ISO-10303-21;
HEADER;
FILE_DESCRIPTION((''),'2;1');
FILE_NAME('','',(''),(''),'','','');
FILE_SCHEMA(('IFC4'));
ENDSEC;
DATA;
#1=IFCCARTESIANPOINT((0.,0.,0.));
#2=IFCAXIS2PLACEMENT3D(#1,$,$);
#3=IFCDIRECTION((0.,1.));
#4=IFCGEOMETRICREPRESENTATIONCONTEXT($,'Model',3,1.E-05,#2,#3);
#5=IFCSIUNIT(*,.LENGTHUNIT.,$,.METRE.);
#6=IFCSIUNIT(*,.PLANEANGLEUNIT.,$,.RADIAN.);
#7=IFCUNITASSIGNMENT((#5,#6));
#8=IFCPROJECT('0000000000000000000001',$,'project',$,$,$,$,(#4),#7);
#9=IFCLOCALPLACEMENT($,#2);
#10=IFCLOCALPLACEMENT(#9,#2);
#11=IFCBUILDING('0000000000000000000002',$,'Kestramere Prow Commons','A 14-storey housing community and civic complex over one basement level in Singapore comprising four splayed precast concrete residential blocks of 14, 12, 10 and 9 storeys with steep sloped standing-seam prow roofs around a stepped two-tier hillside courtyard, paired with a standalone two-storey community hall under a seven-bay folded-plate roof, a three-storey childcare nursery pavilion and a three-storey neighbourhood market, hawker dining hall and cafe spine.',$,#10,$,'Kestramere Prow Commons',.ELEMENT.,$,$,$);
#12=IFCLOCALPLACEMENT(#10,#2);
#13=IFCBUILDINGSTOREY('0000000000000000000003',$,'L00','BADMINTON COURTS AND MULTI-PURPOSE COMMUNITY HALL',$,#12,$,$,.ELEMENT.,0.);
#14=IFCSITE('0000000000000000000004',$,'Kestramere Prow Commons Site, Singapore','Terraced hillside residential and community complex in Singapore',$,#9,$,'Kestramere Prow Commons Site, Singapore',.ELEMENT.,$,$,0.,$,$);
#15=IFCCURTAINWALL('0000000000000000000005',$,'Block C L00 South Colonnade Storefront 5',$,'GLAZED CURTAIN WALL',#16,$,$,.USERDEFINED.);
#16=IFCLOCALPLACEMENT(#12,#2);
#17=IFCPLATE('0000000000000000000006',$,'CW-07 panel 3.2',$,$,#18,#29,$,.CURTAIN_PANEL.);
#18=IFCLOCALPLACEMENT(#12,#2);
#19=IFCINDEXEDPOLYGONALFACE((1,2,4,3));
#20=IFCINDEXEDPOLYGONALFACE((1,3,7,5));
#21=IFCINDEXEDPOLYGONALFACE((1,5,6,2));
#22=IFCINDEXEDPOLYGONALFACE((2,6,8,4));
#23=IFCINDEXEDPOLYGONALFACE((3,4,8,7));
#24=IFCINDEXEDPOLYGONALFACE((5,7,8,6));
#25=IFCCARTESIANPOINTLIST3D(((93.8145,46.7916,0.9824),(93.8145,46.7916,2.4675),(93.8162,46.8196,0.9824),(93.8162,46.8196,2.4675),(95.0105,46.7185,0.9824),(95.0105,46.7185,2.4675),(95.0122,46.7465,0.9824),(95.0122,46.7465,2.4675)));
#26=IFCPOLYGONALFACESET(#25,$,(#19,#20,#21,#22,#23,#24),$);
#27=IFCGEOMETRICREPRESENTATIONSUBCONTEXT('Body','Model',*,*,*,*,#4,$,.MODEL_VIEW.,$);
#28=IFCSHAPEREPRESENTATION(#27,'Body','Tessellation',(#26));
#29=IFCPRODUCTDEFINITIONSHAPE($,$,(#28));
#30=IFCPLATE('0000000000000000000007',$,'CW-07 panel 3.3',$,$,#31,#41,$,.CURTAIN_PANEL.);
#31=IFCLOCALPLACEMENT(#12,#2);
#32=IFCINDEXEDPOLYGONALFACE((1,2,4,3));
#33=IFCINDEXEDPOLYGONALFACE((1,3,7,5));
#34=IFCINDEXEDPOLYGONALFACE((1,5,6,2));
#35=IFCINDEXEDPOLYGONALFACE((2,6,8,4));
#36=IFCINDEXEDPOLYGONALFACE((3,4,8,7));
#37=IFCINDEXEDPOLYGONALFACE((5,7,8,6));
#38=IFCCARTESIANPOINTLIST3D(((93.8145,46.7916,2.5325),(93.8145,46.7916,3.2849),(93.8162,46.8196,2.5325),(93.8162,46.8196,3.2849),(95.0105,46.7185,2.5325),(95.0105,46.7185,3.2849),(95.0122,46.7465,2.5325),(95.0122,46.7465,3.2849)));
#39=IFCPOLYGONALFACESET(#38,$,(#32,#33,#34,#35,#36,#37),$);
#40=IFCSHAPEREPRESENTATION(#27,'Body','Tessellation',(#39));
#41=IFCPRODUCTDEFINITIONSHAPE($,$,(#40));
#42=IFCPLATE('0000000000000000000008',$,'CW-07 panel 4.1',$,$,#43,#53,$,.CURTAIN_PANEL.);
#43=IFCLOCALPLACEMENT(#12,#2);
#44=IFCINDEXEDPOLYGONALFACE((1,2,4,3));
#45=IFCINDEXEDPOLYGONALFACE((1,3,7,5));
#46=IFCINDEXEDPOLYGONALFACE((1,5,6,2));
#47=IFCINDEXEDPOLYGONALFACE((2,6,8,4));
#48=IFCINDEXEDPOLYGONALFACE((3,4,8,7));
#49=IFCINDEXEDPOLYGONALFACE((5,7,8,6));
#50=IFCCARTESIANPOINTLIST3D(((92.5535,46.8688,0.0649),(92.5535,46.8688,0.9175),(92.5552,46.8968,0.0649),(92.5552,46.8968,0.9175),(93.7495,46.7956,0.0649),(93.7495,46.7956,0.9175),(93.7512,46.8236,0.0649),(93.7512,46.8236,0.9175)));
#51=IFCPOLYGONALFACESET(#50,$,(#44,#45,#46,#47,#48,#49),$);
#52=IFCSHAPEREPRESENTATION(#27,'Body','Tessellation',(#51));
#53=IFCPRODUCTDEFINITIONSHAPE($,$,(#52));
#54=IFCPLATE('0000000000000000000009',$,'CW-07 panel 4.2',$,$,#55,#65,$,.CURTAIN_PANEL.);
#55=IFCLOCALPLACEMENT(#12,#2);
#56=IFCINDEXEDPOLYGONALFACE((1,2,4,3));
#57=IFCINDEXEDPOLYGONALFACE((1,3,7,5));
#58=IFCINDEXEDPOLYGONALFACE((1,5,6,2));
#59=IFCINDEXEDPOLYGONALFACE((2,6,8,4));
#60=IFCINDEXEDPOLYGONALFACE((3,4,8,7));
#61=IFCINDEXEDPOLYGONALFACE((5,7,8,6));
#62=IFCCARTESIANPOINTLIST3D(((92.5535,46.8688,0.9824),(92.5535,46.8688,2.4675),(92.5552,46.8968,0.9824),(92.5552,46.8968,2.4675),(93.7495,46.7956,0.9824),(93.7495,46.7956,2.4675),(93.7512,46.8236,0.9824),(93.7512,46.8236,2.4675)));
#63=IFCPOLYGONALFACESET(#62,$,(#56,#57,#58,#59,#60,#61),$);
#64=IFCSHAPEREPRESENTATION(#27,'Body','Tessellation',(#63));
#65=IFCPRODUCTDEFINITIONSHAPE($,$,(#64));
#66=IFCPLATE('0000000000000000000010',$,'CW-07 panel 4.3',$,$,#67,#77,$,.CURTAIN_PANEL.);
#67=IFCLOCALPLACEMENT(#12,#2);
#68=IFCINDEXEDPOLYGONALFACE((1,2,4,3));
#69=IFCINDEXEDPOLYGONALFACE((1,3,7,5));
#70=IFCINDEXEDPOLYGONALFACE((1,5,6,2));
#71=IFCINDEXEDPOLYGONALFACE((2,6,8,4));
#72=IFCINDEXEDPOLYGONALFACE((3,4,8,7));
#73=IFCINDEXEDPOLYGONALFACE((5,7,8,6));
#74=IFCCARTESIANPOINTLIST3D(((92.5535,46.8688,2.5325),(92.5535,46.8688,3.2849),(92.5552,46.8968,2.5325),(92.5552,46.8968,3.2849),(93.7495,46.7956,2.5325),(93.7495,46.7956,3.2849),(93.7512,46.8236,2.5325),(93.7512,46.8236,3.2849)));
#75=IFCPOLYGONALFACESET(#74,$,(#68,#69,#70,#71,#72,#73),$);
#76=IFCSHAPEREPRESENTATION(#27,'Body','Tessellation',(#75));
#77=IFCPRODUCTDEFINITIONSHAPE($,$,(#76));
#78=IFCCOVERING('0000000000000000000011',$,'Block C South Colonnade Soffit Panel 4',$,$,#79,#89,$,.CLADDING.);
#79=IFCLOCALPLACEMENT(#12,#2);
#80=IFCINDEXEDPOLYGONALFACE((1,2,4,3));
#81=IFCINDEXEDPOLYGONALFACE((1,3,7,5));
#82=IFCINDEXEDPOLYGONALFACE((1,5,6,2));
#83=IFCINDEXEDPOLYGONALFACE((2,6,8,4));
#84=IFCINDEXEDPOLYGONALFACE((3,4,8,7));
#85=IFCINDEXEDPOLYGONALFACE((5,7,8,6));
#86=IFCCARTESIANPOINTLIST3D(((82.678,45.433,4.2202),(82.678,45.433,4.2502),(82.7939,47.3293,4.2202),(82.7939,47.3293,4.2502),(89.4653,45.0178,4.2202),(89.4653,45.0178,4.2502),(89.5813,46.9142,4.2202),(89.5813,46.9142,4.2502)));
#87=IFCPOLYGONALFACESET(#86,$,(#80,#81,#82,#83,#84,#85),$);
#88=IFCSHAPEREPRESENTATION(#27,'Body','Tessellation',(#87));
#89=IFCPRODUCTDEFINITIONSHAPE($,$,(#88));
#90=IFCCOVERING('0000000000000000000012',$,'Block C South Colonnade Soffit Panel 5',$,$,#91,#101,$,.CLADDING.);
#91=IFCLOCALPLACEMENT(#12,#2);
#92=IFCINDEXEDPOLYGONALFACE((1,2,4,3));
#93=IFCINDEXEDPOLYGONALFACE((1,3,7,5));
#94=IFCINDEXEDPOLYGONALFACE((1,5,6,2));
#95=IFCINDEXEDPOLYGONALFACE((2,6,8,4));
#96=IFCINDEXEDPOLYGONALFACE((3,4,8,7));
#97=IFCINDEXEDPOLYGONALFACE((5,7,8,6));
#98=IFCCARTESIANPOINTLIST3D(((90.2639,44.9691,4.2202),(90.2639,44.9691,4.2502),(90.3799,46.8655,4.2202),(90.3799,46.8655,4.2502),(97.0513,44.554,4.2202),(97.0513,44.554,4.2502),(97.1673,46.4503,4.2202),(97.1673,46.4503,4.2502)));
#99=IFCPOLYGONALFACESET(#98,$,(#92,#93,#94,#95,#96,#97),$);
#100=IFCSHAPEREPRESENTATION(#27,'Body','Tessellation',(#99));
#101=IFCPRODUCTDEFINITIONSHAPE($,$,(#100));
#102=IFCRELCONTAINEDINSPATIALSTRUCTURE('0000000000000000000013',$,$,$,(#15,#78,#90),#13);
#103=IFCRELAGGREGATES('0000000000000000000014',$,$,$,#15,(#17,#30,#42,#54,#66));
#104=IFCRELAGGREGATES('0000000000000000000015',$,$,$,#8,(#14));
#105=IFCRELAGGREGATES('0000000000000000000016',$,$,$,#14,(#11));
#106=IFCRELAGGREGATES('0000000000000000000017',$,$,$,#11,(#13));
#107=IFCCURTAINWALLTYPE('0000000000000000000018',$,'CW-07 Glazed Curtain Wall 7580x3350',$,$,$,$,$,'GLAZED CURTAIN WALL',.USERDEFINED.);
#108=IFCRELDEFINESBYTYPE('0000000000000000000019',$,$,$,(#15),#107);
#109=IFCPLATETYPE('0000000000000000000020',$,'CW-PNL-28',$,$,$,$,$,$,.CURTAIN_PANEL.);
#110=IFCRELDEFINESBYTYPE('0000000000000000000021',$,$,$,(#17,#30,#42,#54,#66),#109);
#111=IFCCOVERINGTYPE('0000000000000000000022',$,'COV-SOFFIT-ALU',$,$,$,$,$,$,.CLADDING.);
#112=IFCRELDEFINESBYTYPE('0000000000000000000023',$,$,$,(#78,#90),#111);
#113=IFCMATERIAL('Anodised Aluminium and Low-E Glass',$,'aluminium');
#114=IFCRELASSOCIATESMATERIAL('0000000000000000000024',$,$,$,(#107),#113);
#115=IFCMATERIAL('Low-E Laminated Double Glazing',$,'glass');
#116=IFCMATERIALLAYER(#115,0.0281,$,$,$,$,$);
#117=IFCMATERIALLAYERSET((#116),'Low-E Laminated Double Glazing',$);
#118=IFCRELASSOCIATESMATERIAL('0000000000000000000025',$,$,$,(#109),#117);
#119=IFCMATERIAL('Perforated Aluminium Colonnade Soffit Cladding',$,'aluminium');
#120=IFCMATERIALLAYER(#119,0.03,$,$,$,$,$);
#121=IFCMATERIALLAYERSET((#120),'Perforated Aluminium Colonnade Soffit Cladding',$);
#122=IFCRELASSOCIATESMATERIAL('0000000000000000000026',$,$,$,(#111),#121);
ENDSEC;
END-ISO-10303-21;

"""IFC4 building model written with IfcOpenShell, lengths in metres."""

from ifc_helpers import new_model, si_unit, direction, frame, origin, origin_2d, place, context, subcontext, project, spatial, rectangle, extrude, material, layer, layer_set, type_object, element, aggregate, save


model = new_model("IFC4")

# Units and contexts
model_context = context("Model", 3, precision=1e-05, world=origin(), true_north=direction((0.0, 1.0)))
body_context = subcontext(model_context, "Body", "Model", "MODEL_VIEW")
ifc_project = project(units=[si_unit("LENGTHUNIT", "METRE"), si_unit("PLANEANGLEUNIT", "RADIAN")], contexts=[model_context])

# Site, building, storey
site_placement = place(None, origin())
site = spatial("IfcSite", under=ifc_project, at=site_placement, Name="Kestramere Prow Commons Site, Singapore", Description="Terraced hillside residential and community complex in Singapore", LongName="Kestramere Prow Commons Site, Singapore", CompositionType="ELEMENT", RefElevation=0.0)
building_placement = place(site_placement, origin())
building = spatial("IfcBuilding", under=site, at=building_placement, Name="Kestramere Prow Commons", Description="A 14-storey housing community and civic complex over one basement level in Singapore comprising four splayed precast concrete residential blocks of 14, 12, 10 and 9 storeys with steep sloped standing-seam prow roofs around a stepped two-tier hillside courtyard, paired with a standalone two-storey community hall under a seven-bay folded-plate roof, a three-storey childcare nursery pavilion and a three-storey neighbourhood market, hawker dining hall and cafe spine.", LongName="Kestramere Prow Commons", CompositionType="ELEMENT")
storey_placement = place(building_placement, origin())
storey = spatial("IfcBuildingStorey", under=building, at=storey_placement, Name="L00", Description="BADMINTON COURTS AND MULTI-PURPOSE COMMUNITY HALL", CompositionType="ELEMENT", Elevation=0.0)

# Curtain wall
ifc_material_1 = material(Name="Anodised Aluminium and Low-E Glass", Category="aluminium")
curtain_wall_type = type_object("IfcCurtainWallType", Name="CW-07 Glazed Curtain Wall 7580x3350", ElementType="GLAZED CURTAIN WALL", PredefinedType="USERDEFINED", material=ifc_material_1)
curtain_wall_placement = place(storey_placement, origin())
curtain_wall = element("IfcCurtainWall", 1, at=curtain_wall_placement, inside=storey, type_object=curtain_wall_type, Name="Block C L00 South Colonnade Storefront 5", ObjectType="GLAZED CURTAIN WALL", PredefinedType="USERDEFINED")

# Plates
ifc_material_2 = material(Name="Low-E Laminated Double Glazing", Category="glass")
ifc_layer_1 = layer(ifc_material_2, 0.0281)
ifc_layer_set_1 = layer_set([ifc_layer_1], Name="Low-E Laminated Double Glazing")
plate_type = type_object("IfcPlateType", Name="CW-PNL-28", PredefinedType="CURTAIN_PANEL", material=ifc_layer_set_1)
plate_1_placement = place(storey_placement, frame((94.4133, 46.769, 0.9824), z_axis=(0.0, 0.0, 1.0), x_axis=(-0.998135, 0.061049, 0.0)))
plate_1 = element("IfcPlate", 2, at=plate_1_placement, type_object=plate_type, Name="CW-07 panel 3.2", PredefinedType="CURTAIN_PANEL", context=body_context, shape_type="SweptSolid", body=[
    extrude(rectangle(XDim=1.1982, YDim=0.0281, at=origin_2d()), origin(), (0.0, 0.0, 1.0), 1.4851),
])
plate_2_placement = place(storey_placement, frame((94.4133, 46.769, 2.5325), z_axis=(0.0, 0.0, 1.0), x_axis=(-0.998135, 0.061049, 0.0)))
plate_2 = element("IfcPlate", 3, at=plate_2_placement, type_object=plate_type, Name="CW-07 panel 3.3", PredefinedType="CURTAIN_PANEL", context=body_context, shape_type="SweptSolid", body=[
    extrude(rectangle(XDim=1.1982, YDim=0.0281, at=origin_2d()), origin(), (0.0, 0.0, 1.0), 0.7524),
])
plate_3_placement = place(storey_placement, frame((93.1523, 46.8462, 0.0649), z_axis=(0.0, 0.0, 1.0), x_axis=(-0.998135, 0.061049, 0.0)))
plate_3 = element("IfcPlate", 4, at=plate_3_placement, type_object=plate_type, Name="CW-07 panel 4.1", PredefinedType="CURTAIN_PANEL", context=body_context, shape_type="SweptSolid", body=[
    extrude(rectangle(XDim=1.1982, YDim=0.0281, at=origin_2d()), origin(), (0.0, 0.0, 1.0), 0.8525),
])
plate_4_placement = place(storey_placement, frame((93.1523, 46.8462, 0.9824), z_axis=(0.0, 0.0, 1.0), x_axis=(-0.998135, 0.061049, 0.0)))
plate_4 = element("IfcPlate", 5, at=plate_4_placement, type_object=plate_type, Name="CW-07 panel 4.2", PredefinedType="CURTAIN_PANEL", context=body_context, shape_type="SweptSolid", body=[
    extrude(rectangle(XDim=1.1982, YDim=0.0281, at=origin_2d()), origin(), (0.0, 0.0, 1.0), 1.4851),
])
plate_5_placement = place(storey_placement, frame((93.1523, 46.8462, 2.5325), z_axis=(0.0, 0.0, 1.0), x_axis=(-0.998135, 0.061049, 0.0)))
plate_5 = element("IfcPlate", 6, at=plate_5_placement, type_object=plate_type, Name="CW-07 panel 4.3", PredefinedType="CURTAIN_PANEL", context=body_context, shape_type="SweptSolid", body=[
    extrude(rectangle(XDim=1.1982, YDim=0.0281, at=origin_2d()), origin(), (0.0, 0.0, 1.0), 0.7524),
])
aggregate(curtain_wall, [plate_1, plate_2, plate_3, plate_4, plate_5])

# Coverings
ifc_material_3 = material(Name="Perforated Aluminium Colonnade Soffit Cladding", Category="aluminium")
ifc_layer_2 = layer(ifc_material_3, 0.03)
ifc_layer_set_2 = layer_set([ifc_layer_2], Name="Perforated Aluminium Colonnade Soffit Cladding")
covering_type = type_object("IfcCoveringType", Name="COV-SOFFIT-ALU", PredefinedType="CLADDING", material=ifc_layer_set_2)
for number, where, z_axis, x_axis, name in (
    (7, (86.1296, 46.1736, 4.2202), (0.0, 0.0, 1.0), (0.998135, -0.061049, 0.0), "Block C South Colonnade Soffit Panel 4"),
    (8, (93.7156, 45.7097, 4.2202), (0.0, 0.0, 1.0), (0.998135, -0.061049, 0.0), "Block C South Colonnade Soffit Panel 5"),
):
    element("IfcCovering", number, at=place(storey_placement, frame(where, z_axis=z_axis, x_axis=x_axis)), inside=storey, type_object=covering_type, Name=name, PredefinedType="CLADDING", context=body_context, shape_type="SweptSolid", body=[
        extrude(rectangle(XDim=6.8, YDim=1.8999, at=origin_2d()), origin(), (0.0, 0.0, 1.0), 0.03),
    ])

save(model, "model.ifc")
